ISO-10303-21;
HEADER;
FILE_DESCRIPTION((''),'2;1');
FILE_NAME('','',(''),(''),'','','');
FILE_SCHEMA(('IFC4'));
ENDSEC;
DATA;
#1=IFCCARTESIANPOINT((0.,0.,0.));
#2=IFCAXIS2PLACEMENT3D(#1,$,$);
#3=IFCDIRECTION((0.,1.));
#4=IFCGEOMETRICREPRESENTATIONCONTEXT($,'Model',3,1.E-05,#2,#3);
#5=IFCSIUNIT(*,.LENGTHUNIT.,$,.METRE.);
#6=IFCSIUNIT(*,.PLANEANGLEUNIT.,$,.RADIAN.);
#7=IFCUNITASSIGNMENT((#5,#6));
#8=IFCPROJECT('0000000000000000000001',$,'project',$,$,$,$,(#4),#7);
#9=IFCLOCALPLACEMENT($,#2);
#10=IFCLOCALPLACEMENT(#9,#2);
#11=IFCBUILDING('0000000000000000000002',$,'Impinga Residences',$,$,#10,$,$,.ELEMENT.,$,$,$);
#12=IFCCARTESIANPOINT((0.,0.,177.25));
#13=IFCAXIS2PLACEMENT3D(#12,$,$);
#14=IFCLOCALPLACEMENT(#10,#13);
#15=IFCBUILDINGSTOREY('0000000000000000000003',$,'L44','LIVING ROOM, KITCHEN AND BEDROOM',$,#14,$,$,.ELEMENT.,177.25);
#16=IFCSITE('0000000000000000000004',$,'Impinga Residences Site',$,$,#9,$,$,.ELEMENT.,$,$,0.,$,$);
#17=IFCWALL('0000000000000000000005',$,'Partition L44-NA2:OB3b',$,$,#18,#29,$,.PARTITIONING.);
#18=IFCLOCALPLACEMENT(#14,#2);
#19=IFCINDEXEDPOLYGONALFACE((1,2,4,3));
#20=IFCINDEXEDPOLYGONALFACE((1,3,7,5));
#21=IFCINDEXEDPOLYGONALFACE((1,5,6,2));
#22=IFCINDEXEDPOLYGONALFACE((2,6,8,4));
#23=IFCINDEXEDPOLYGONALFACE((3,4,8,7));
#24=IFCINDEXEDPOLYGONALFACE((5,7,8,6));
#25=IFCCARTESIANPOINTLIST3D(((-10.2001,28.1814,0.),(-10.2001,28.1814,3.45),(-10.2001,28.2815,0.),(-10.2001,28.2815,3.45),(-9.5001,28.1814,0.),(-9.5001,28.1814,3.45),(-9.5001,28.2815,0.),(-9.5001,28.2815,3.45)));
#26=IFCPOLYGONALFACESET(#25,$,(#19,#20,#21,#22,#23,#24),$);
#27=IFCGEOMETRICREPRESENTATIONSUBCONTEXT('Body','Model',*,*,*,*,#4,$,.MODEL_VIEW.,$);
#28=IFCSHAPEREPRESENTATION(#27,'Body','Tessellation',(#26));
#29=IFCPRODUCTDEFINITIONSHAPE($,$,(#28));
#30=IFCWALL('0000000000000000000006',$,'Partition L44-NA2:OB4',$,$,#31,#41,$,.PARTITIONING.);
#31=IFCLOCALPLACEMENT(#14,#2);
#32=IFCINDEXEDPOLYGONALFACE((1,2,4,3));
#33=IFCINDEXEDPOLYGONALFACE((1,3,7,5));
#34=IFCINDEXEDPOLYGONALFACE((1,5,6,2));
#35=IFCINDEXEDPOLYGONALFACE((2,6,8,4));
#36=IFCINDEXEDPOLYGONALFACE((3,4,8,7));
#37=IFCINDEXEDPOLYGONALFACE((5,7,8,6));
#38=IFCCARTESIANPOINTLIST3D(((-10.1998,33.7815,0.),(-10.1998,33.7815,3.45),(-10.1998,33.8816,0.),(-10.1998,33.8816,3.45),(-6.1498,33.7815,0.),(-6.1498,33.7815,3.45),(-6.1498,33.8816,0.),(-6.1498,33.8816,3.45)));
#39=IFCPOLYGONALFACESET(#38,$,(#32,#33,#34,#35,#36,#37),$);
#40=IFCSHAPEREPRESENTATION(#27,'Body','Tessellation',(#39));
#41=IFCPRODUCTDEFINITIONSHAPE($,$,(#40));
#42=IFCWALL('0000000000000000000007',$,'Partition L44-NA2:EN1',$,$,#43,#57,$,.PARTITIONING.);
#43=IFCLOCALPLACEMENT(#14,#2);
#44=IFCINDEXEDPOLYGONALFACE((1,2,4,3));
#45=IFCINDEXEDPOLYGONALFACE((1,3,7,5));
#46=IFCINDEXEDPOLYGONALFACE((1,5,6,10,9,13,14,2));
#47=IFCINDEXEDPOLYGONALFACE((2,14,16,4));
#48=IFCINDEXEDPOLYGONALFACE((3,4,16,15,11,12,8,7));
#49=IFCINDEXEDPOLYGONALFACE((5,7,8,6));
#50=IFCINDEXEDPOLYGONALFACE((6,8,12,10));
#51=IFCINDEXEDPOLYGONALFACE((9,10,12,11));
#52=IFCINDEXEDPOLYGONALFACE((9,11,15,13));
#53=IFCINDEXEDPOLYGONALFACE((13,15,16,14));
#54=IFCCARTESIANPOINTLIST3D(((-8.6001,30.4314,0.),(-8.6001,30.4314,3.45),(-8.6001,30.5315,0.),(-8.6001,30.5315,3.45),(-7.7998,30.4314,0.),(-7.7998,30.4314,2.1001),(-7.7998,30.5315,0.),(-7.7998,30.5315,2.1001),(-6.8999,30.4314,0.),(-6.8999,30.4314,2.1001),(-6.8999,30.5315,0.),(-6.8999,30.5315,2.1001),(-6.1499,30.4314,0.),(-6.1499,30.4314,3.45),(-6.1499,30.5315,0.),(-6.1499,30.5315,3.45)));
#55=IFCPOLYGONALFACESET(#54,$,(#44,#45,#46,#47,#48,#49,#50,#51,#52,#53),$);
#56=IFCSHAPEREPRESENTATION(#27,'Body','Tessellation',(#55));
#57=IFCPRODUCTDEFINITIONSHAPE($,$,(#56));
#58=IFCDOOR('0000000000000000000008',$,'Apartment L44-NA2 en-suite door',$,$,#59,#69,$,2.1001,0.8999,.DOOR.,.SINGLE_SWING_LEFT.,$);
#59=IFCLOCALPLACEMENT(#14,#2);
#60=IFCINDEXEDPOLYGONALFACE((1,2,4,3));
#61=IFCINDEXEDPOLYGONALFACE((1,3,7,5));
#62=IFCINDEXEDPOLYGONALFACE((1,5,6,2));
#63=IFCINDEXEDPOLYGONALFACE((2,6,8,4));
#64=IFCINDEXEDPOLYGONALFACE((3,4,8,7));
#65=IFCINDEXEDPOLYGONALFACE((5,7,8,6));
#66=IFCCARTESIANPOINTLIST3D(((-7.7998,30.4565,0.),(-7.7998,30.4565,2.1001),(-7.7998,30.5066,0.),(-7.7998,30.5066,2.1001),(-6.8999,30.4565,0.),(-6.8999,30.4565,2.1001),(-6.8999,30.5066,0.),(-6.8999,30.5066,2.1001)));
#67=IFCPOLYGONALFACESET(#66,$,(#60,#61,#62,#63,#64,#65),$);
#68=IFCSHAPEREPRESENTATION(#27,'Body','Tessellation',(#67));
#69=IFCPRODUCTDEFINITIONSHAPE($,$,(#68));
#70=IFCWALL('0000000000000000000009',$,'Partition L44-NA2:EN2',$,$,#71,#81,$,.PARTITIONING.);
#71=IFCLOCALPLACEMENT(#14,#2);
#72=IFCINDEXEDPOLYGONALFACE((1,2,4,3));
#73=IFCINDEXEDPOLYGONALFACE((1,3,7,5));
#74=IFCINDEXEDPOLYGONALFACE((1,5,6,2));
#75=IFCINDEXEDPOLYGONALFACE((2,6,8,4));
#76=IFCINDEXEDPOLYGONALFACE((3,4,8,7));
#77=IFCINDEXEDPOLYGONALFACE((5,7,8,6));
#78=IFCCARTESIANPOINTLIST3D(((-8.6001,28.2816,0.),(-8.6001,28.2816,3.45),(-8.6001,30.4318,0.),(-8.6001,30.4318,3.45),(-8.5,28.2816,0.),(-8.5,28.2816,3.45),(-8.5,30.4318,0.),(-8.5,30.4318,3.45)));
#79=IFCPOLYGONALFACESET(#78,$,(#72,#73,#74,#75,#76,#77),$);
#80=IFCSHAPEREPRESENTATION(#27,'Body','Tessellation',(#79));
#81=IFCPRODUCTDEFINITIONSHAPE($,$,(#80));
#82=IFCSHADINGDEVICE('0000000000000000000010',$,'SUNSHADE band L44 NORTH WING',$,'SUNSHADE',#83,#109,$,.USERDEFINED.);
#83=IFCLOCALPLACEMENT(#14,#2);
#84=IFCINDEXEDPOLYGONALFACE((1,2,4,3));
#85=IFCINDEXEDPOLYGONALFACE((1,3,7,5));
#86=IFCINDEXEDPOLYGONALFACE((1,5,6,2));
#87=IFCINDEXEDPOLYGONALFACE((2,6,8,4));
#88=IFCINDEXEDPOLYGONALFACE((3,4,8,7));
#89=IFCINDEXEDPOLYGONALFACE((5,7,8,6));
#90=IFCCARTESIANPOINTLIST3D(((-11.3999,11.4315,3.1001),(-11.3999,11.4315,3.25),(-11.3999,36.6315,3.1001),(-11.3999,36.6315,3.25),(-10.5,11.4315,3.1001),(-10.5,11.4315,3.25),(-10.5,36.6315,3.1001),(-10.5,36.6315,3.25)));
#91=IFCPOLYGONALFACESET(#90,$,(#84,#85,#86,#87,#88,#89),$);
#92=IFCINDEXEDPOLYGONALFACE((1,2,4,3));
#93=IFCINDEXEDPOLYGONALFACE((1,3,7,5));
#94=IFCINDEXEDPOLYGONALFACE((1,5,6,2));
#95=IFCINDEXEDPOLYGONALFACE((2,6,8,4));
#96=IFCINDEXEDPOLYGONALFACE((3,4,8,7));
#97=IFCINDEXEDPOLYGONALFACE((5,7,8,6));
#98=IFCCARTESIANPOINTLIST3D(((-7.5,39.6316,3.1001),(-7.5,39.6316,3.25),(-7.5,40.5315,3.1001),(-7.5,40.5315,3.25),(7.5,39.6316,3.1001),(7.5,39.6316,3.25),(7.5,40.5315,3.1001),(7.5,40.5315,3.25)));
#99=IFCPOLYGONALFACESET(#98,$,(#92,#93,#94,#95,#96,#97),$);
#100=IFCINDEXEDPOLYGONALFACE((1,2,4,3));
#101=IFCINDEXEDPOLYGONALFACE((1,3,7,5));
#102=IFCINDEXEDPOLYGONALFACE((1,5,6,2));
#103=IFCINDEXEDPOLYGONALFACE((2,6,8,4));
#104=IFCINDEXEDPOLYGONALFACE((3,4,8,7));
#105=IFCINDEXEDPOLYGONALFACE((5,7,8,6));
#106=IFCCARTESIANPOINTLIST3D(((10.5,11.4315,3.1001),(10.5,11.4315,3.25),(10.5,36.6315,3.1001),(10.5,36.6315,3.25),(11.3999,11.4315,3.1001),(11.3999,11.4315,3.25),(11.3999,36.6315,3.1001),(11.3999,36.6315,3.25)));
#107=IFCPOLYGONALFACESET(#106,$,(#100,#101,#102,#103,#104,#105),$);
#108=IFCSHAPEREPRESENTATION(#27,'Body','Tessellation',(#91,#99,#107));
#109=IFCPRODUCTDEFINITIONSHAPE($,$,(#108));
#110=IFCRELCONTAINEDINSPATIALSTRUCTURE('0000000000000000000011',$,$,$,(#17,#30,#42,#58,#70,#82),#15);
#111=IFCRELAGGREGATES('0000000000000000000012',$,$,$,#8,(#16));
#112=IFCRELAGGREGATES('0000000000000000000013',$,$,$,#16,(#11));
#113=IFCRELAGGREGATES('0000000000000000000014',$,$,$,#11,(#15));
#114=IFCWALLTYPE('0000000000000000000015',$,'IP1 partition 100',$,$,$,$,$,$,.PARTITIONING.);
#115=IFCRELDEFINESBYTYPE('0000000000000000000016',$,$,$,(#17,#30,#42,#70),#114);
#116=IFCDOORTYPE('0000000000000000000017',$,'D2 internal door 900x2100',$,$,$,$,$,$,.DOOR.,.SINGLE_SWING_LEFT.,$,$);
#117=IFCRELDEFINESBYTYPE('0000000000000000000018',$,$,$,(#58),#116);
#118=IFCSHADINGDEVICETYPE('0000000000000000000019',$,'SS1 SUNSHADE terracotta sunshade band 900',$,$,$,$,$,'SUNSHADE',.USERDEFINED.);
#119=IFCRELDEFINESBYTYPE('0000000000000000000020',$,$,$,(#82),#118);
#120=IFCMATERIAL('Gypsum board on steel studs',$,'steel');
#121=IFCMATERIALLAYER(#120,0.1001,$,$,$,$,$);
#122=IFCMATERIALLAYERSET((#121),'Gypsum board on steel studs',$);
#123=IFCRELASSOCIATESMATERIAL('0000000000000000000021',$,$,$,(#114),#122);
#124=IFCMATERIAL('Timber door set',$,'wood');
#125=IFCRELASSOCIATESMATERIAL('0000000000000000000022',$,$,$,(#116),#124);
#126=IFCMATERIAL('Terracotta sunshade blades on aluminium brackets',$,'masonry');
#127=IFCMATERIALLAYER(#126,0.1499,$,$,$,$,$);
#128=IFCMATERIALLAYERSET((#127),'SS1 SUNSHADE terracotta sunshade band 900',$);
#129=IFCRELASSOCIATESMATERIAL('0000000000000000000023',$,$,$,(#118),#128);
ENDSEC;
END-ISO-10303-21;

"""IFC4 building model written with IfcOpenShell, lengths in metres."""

from ifc_helpers import new_model, si_unit, direction, frame, frame_2d, origin, origin_2d, place, context, subcontext, project, spatial, rectangle, extrude, material, layer, layer_set, type_object, element, fill, save


model = new_model("IFC4")

# Units and contexts
model_context = context("Model", 3, precision=1e-05, world=origin(), true_north=direction((0.0, 1.0)))
body_context = subcontext(model_context, "Body", "Model", "MODEL_VIEW")
ifc_project = project(units=[si_unit("LENGTHUNIT", "METRE"), si_unit("PLANEANGLEUNIT", "RADIAN")], contexts=[model_context])

# Site, building, storey
site_placement = place(None, origin())
site = spatial("IfcSite", under=ifc_project, at=site_placement, Name="Impinga Residences Site", CompositionType="ELEMENT", RefElevation=0.0)
building_placement = place(site_placement, origin())
building = spatial("IfcBuilding", under=site, at=building_placement, Name="Impinga Residences", CompositionType="ELEMENT")
storey_placement = place(building_placement, frame((0.0, 0.0, 177.25)))
storey = spatial("IfcBuildingStorey", under=building, at=storey_placement, Name="L44", Description="LIVING ROOM, KITCHEN AND BEDROOM", CompositionType="ELEMENT", Elevation=177.25)

# Walls
ifc_material_1 = material(Name="Gypsum board on steel studs", Category="steel")
ifc_layer_1 = layer(ifc_material_1, 0.1001)
ifc_layer_set_1 = layer_set([ifc_layer_1], Name="Gypsum board on steel studs")
wall_type_1 = type_object("IfcWallType", Name="IP1 partition 100", PredefinedType="PARTITIONING", material=ifc_layer_set_1)
wall_1_placement = place(storey_placement, frame((-9.5, 28.2314, 0.0), z_axis=(0.0, 0.0, 1.0), x_axis=(-1.0, 0.0, 0.0)))
element("IfcWall", 1, at=wall_1_placement, inside=storey, type_object=wall_type_1, Name="Partition L44-NA2:OB3b", PredefinedType="PARTITIONING", context=body_context, shape_type="SweptSolid", body=[
    extrude(rectangle(XDim=0.7, YDim=0.1001, at=frame_2d((0.3501, 0.0))), origin(), (0.0, 0.0, 1.0), 3.45),
])
wall_2_placement = place(storey_placement, frame((-6.1499, 33.8315, 0.0), z_axis=(0.0, 0.0, 1.0), x_axis=(-1.0, 0.0, 0.0)))
element("IfcWall", 2, at=wall_2_placement, inside=storey, type_object=wall_type_1, Name="Partition L44-NA2:OB4", PredefinedType="PARTITIONING", context=body_context, shape_type="SweptSolid", body=[
    extrude(rectangle(XDim=4.05, YDim=0.1001, at=frame_2d((2.0249, 0.0))), origin(), (0.0, 0.0, 1.0), 3.45),
])

# Wall, opening, door
wall_3_placement = place(storey_placement, frame((-6.1499, 30.4814, 0.0), z_axis=(0.0, 0.0, 1.0), x_axis=(-1.0, 0.0, 0.0)))
wall_3 = element("IfcWall", 3, at=wall_3_placement, inside=storey, type_object=wall_type_1, Name="Partition L44-NA2:EN1", PredefinedType="PARTITIONING", context=body_context, shape_type="SweptSolid", body=[
    extrude(rectangle(XDim=2.4502, YDim=0.1001, at=frame_2d((1.2251, 0.0))), origin(), (0.0, 0.0, 1.0), 3.45),
])
opening_1_placement = place(wall_3_placement, frame((0.75, 0.0, 0.0)))
opening_1 = element("IfcOpeningElement", 4, at=opening_1_placement, cuts=wall_3, PredefinedType="OPENING", context=body_context, shape_type="SweptSolid", body=[
    extrude(rectangle(XDim=0.8999, YDim=2.1001, at=frame_2d((0.45, 1.05))), frame((0.0, 0.0601, 0.0), z_axis=(0.0, -1.0, 0.0), x_axis=(1.0, 0.0, 0.0)), (0.0, 0.0, 1.0), 0.1201),
])
ifc_material_2 = material(Name="Timber door set", Category="wood")
door_type = type_object("IfcDoorType", Name="D2 internal door 900x2100", OperationType="SINGLE_SWING_LEFT", PredefinedType="DOOR", material=ifc_material_2)
door_placement = place(opening_1_placement, origin())
door = element("IfcDoor", 5, at=door_placement, inside=storey, type_object=door_type, Name="Apartment L44-NA2 en-suite door", OperationType="SINGLE_SWING_LEFT", OverallHeight=2.1001, OverallWidth=0.8999, PredefinedType="DOOR", context=body_context, shape_type="SweptSolid", body=[
    extrude(rectangle(XDim=0.8999, YDim=2.1001, at=frame_2d((0.45, 1.05))), frame((0.0, 0.0249, 0.0), z_axis=(0.0, -1.0, 0.0), x_axis=(1.0, 0.0, 0.0)), (0.0, 0.0, 1.0), 0.05),
])
fill(opening_1, door)

# Wall
wall_4_placement = place(storey_placement, frame((-8.55, 28.2815, 0.0), z_axis=(0.0, 0.0, 1.0), x_axis=(0.0, 1.0, 0.0)))
element("IfcWall", 6, at=wall_4_placement, inside=storey, type_object=wall_type_1, Name="Partition L44-NA2:EN2", PredefinedType="PARTITIONING", context=body_context, shape_type="SweptSolid", body=[
    extrude(rectangle(XDim=2.1501, YDim=0.1001, at=frame_2d((1.0752, 0.0))), origin(), (0.0, 0.0, 1.0), 3.45),
])

# Shading device
ifc_material_3 = material(Name="Terracotta sunshade blades on aluminium brackets", Category="masonry")
ifc_layer_2 = layer(ifc_material_3, 0.1499)
ifc_layer_set_2 = layer_set([ifc_layer_2], Name="SS1 SUNSHADE terracotta sunshade band 900")
shading_device_type = type_object("IfcShadingDeviceType", Name="SS1 SUNSHADE terracotta sunshade band 900", ElementType="SUNSHADE", PredefinedType="USERDEFINED", material=ifc_layer_set_2)
shading_device_placement = place(storey_placement, frame((-10.95, 24.0315, 3.1001), z_axis=(0.0, 0.0, 1.0), x_axis=(0.0, 1.0, 0.0)))
element("IfcShadingDevice", 7, at=shading_device_placement, inside=storey, type_object=shading_device_type, Name="SUNSHADE band L44 NORTH WING", ObjectType="SUNSHADE", PredefinedType="USERDEFINED", context=body_context, shape_type="SweptSolid", body=[
    extrude(rectangle(XDim=25.2, YDim=0.8999, at=origin_2d()), origin(), (0.0, 0.0, 1.0), 0.1499),
    extrude(rectangle(XDim=15.0, YDim=0.8999, at=origin_2d()), frame((16.05, -10.95, 0.0), z_axis=(0.0, 0.0, 1.0), x_axis=(0.0, -1.0, 0.0)), (0.0, 0.0, 1.0), 0.1499),
    extrude(rectangle(XDim=25.2, YDim=0.8999, at=origin_2d()), frame((0.0, -21.8999, 0.0), z_axis=(0.0, 0.0, 1.0), x_axis=(-1.0, 0.0, 0.0)), (0.0, 0.0, 1.0), 0.1499),
])

save(model, "model.ifc")
